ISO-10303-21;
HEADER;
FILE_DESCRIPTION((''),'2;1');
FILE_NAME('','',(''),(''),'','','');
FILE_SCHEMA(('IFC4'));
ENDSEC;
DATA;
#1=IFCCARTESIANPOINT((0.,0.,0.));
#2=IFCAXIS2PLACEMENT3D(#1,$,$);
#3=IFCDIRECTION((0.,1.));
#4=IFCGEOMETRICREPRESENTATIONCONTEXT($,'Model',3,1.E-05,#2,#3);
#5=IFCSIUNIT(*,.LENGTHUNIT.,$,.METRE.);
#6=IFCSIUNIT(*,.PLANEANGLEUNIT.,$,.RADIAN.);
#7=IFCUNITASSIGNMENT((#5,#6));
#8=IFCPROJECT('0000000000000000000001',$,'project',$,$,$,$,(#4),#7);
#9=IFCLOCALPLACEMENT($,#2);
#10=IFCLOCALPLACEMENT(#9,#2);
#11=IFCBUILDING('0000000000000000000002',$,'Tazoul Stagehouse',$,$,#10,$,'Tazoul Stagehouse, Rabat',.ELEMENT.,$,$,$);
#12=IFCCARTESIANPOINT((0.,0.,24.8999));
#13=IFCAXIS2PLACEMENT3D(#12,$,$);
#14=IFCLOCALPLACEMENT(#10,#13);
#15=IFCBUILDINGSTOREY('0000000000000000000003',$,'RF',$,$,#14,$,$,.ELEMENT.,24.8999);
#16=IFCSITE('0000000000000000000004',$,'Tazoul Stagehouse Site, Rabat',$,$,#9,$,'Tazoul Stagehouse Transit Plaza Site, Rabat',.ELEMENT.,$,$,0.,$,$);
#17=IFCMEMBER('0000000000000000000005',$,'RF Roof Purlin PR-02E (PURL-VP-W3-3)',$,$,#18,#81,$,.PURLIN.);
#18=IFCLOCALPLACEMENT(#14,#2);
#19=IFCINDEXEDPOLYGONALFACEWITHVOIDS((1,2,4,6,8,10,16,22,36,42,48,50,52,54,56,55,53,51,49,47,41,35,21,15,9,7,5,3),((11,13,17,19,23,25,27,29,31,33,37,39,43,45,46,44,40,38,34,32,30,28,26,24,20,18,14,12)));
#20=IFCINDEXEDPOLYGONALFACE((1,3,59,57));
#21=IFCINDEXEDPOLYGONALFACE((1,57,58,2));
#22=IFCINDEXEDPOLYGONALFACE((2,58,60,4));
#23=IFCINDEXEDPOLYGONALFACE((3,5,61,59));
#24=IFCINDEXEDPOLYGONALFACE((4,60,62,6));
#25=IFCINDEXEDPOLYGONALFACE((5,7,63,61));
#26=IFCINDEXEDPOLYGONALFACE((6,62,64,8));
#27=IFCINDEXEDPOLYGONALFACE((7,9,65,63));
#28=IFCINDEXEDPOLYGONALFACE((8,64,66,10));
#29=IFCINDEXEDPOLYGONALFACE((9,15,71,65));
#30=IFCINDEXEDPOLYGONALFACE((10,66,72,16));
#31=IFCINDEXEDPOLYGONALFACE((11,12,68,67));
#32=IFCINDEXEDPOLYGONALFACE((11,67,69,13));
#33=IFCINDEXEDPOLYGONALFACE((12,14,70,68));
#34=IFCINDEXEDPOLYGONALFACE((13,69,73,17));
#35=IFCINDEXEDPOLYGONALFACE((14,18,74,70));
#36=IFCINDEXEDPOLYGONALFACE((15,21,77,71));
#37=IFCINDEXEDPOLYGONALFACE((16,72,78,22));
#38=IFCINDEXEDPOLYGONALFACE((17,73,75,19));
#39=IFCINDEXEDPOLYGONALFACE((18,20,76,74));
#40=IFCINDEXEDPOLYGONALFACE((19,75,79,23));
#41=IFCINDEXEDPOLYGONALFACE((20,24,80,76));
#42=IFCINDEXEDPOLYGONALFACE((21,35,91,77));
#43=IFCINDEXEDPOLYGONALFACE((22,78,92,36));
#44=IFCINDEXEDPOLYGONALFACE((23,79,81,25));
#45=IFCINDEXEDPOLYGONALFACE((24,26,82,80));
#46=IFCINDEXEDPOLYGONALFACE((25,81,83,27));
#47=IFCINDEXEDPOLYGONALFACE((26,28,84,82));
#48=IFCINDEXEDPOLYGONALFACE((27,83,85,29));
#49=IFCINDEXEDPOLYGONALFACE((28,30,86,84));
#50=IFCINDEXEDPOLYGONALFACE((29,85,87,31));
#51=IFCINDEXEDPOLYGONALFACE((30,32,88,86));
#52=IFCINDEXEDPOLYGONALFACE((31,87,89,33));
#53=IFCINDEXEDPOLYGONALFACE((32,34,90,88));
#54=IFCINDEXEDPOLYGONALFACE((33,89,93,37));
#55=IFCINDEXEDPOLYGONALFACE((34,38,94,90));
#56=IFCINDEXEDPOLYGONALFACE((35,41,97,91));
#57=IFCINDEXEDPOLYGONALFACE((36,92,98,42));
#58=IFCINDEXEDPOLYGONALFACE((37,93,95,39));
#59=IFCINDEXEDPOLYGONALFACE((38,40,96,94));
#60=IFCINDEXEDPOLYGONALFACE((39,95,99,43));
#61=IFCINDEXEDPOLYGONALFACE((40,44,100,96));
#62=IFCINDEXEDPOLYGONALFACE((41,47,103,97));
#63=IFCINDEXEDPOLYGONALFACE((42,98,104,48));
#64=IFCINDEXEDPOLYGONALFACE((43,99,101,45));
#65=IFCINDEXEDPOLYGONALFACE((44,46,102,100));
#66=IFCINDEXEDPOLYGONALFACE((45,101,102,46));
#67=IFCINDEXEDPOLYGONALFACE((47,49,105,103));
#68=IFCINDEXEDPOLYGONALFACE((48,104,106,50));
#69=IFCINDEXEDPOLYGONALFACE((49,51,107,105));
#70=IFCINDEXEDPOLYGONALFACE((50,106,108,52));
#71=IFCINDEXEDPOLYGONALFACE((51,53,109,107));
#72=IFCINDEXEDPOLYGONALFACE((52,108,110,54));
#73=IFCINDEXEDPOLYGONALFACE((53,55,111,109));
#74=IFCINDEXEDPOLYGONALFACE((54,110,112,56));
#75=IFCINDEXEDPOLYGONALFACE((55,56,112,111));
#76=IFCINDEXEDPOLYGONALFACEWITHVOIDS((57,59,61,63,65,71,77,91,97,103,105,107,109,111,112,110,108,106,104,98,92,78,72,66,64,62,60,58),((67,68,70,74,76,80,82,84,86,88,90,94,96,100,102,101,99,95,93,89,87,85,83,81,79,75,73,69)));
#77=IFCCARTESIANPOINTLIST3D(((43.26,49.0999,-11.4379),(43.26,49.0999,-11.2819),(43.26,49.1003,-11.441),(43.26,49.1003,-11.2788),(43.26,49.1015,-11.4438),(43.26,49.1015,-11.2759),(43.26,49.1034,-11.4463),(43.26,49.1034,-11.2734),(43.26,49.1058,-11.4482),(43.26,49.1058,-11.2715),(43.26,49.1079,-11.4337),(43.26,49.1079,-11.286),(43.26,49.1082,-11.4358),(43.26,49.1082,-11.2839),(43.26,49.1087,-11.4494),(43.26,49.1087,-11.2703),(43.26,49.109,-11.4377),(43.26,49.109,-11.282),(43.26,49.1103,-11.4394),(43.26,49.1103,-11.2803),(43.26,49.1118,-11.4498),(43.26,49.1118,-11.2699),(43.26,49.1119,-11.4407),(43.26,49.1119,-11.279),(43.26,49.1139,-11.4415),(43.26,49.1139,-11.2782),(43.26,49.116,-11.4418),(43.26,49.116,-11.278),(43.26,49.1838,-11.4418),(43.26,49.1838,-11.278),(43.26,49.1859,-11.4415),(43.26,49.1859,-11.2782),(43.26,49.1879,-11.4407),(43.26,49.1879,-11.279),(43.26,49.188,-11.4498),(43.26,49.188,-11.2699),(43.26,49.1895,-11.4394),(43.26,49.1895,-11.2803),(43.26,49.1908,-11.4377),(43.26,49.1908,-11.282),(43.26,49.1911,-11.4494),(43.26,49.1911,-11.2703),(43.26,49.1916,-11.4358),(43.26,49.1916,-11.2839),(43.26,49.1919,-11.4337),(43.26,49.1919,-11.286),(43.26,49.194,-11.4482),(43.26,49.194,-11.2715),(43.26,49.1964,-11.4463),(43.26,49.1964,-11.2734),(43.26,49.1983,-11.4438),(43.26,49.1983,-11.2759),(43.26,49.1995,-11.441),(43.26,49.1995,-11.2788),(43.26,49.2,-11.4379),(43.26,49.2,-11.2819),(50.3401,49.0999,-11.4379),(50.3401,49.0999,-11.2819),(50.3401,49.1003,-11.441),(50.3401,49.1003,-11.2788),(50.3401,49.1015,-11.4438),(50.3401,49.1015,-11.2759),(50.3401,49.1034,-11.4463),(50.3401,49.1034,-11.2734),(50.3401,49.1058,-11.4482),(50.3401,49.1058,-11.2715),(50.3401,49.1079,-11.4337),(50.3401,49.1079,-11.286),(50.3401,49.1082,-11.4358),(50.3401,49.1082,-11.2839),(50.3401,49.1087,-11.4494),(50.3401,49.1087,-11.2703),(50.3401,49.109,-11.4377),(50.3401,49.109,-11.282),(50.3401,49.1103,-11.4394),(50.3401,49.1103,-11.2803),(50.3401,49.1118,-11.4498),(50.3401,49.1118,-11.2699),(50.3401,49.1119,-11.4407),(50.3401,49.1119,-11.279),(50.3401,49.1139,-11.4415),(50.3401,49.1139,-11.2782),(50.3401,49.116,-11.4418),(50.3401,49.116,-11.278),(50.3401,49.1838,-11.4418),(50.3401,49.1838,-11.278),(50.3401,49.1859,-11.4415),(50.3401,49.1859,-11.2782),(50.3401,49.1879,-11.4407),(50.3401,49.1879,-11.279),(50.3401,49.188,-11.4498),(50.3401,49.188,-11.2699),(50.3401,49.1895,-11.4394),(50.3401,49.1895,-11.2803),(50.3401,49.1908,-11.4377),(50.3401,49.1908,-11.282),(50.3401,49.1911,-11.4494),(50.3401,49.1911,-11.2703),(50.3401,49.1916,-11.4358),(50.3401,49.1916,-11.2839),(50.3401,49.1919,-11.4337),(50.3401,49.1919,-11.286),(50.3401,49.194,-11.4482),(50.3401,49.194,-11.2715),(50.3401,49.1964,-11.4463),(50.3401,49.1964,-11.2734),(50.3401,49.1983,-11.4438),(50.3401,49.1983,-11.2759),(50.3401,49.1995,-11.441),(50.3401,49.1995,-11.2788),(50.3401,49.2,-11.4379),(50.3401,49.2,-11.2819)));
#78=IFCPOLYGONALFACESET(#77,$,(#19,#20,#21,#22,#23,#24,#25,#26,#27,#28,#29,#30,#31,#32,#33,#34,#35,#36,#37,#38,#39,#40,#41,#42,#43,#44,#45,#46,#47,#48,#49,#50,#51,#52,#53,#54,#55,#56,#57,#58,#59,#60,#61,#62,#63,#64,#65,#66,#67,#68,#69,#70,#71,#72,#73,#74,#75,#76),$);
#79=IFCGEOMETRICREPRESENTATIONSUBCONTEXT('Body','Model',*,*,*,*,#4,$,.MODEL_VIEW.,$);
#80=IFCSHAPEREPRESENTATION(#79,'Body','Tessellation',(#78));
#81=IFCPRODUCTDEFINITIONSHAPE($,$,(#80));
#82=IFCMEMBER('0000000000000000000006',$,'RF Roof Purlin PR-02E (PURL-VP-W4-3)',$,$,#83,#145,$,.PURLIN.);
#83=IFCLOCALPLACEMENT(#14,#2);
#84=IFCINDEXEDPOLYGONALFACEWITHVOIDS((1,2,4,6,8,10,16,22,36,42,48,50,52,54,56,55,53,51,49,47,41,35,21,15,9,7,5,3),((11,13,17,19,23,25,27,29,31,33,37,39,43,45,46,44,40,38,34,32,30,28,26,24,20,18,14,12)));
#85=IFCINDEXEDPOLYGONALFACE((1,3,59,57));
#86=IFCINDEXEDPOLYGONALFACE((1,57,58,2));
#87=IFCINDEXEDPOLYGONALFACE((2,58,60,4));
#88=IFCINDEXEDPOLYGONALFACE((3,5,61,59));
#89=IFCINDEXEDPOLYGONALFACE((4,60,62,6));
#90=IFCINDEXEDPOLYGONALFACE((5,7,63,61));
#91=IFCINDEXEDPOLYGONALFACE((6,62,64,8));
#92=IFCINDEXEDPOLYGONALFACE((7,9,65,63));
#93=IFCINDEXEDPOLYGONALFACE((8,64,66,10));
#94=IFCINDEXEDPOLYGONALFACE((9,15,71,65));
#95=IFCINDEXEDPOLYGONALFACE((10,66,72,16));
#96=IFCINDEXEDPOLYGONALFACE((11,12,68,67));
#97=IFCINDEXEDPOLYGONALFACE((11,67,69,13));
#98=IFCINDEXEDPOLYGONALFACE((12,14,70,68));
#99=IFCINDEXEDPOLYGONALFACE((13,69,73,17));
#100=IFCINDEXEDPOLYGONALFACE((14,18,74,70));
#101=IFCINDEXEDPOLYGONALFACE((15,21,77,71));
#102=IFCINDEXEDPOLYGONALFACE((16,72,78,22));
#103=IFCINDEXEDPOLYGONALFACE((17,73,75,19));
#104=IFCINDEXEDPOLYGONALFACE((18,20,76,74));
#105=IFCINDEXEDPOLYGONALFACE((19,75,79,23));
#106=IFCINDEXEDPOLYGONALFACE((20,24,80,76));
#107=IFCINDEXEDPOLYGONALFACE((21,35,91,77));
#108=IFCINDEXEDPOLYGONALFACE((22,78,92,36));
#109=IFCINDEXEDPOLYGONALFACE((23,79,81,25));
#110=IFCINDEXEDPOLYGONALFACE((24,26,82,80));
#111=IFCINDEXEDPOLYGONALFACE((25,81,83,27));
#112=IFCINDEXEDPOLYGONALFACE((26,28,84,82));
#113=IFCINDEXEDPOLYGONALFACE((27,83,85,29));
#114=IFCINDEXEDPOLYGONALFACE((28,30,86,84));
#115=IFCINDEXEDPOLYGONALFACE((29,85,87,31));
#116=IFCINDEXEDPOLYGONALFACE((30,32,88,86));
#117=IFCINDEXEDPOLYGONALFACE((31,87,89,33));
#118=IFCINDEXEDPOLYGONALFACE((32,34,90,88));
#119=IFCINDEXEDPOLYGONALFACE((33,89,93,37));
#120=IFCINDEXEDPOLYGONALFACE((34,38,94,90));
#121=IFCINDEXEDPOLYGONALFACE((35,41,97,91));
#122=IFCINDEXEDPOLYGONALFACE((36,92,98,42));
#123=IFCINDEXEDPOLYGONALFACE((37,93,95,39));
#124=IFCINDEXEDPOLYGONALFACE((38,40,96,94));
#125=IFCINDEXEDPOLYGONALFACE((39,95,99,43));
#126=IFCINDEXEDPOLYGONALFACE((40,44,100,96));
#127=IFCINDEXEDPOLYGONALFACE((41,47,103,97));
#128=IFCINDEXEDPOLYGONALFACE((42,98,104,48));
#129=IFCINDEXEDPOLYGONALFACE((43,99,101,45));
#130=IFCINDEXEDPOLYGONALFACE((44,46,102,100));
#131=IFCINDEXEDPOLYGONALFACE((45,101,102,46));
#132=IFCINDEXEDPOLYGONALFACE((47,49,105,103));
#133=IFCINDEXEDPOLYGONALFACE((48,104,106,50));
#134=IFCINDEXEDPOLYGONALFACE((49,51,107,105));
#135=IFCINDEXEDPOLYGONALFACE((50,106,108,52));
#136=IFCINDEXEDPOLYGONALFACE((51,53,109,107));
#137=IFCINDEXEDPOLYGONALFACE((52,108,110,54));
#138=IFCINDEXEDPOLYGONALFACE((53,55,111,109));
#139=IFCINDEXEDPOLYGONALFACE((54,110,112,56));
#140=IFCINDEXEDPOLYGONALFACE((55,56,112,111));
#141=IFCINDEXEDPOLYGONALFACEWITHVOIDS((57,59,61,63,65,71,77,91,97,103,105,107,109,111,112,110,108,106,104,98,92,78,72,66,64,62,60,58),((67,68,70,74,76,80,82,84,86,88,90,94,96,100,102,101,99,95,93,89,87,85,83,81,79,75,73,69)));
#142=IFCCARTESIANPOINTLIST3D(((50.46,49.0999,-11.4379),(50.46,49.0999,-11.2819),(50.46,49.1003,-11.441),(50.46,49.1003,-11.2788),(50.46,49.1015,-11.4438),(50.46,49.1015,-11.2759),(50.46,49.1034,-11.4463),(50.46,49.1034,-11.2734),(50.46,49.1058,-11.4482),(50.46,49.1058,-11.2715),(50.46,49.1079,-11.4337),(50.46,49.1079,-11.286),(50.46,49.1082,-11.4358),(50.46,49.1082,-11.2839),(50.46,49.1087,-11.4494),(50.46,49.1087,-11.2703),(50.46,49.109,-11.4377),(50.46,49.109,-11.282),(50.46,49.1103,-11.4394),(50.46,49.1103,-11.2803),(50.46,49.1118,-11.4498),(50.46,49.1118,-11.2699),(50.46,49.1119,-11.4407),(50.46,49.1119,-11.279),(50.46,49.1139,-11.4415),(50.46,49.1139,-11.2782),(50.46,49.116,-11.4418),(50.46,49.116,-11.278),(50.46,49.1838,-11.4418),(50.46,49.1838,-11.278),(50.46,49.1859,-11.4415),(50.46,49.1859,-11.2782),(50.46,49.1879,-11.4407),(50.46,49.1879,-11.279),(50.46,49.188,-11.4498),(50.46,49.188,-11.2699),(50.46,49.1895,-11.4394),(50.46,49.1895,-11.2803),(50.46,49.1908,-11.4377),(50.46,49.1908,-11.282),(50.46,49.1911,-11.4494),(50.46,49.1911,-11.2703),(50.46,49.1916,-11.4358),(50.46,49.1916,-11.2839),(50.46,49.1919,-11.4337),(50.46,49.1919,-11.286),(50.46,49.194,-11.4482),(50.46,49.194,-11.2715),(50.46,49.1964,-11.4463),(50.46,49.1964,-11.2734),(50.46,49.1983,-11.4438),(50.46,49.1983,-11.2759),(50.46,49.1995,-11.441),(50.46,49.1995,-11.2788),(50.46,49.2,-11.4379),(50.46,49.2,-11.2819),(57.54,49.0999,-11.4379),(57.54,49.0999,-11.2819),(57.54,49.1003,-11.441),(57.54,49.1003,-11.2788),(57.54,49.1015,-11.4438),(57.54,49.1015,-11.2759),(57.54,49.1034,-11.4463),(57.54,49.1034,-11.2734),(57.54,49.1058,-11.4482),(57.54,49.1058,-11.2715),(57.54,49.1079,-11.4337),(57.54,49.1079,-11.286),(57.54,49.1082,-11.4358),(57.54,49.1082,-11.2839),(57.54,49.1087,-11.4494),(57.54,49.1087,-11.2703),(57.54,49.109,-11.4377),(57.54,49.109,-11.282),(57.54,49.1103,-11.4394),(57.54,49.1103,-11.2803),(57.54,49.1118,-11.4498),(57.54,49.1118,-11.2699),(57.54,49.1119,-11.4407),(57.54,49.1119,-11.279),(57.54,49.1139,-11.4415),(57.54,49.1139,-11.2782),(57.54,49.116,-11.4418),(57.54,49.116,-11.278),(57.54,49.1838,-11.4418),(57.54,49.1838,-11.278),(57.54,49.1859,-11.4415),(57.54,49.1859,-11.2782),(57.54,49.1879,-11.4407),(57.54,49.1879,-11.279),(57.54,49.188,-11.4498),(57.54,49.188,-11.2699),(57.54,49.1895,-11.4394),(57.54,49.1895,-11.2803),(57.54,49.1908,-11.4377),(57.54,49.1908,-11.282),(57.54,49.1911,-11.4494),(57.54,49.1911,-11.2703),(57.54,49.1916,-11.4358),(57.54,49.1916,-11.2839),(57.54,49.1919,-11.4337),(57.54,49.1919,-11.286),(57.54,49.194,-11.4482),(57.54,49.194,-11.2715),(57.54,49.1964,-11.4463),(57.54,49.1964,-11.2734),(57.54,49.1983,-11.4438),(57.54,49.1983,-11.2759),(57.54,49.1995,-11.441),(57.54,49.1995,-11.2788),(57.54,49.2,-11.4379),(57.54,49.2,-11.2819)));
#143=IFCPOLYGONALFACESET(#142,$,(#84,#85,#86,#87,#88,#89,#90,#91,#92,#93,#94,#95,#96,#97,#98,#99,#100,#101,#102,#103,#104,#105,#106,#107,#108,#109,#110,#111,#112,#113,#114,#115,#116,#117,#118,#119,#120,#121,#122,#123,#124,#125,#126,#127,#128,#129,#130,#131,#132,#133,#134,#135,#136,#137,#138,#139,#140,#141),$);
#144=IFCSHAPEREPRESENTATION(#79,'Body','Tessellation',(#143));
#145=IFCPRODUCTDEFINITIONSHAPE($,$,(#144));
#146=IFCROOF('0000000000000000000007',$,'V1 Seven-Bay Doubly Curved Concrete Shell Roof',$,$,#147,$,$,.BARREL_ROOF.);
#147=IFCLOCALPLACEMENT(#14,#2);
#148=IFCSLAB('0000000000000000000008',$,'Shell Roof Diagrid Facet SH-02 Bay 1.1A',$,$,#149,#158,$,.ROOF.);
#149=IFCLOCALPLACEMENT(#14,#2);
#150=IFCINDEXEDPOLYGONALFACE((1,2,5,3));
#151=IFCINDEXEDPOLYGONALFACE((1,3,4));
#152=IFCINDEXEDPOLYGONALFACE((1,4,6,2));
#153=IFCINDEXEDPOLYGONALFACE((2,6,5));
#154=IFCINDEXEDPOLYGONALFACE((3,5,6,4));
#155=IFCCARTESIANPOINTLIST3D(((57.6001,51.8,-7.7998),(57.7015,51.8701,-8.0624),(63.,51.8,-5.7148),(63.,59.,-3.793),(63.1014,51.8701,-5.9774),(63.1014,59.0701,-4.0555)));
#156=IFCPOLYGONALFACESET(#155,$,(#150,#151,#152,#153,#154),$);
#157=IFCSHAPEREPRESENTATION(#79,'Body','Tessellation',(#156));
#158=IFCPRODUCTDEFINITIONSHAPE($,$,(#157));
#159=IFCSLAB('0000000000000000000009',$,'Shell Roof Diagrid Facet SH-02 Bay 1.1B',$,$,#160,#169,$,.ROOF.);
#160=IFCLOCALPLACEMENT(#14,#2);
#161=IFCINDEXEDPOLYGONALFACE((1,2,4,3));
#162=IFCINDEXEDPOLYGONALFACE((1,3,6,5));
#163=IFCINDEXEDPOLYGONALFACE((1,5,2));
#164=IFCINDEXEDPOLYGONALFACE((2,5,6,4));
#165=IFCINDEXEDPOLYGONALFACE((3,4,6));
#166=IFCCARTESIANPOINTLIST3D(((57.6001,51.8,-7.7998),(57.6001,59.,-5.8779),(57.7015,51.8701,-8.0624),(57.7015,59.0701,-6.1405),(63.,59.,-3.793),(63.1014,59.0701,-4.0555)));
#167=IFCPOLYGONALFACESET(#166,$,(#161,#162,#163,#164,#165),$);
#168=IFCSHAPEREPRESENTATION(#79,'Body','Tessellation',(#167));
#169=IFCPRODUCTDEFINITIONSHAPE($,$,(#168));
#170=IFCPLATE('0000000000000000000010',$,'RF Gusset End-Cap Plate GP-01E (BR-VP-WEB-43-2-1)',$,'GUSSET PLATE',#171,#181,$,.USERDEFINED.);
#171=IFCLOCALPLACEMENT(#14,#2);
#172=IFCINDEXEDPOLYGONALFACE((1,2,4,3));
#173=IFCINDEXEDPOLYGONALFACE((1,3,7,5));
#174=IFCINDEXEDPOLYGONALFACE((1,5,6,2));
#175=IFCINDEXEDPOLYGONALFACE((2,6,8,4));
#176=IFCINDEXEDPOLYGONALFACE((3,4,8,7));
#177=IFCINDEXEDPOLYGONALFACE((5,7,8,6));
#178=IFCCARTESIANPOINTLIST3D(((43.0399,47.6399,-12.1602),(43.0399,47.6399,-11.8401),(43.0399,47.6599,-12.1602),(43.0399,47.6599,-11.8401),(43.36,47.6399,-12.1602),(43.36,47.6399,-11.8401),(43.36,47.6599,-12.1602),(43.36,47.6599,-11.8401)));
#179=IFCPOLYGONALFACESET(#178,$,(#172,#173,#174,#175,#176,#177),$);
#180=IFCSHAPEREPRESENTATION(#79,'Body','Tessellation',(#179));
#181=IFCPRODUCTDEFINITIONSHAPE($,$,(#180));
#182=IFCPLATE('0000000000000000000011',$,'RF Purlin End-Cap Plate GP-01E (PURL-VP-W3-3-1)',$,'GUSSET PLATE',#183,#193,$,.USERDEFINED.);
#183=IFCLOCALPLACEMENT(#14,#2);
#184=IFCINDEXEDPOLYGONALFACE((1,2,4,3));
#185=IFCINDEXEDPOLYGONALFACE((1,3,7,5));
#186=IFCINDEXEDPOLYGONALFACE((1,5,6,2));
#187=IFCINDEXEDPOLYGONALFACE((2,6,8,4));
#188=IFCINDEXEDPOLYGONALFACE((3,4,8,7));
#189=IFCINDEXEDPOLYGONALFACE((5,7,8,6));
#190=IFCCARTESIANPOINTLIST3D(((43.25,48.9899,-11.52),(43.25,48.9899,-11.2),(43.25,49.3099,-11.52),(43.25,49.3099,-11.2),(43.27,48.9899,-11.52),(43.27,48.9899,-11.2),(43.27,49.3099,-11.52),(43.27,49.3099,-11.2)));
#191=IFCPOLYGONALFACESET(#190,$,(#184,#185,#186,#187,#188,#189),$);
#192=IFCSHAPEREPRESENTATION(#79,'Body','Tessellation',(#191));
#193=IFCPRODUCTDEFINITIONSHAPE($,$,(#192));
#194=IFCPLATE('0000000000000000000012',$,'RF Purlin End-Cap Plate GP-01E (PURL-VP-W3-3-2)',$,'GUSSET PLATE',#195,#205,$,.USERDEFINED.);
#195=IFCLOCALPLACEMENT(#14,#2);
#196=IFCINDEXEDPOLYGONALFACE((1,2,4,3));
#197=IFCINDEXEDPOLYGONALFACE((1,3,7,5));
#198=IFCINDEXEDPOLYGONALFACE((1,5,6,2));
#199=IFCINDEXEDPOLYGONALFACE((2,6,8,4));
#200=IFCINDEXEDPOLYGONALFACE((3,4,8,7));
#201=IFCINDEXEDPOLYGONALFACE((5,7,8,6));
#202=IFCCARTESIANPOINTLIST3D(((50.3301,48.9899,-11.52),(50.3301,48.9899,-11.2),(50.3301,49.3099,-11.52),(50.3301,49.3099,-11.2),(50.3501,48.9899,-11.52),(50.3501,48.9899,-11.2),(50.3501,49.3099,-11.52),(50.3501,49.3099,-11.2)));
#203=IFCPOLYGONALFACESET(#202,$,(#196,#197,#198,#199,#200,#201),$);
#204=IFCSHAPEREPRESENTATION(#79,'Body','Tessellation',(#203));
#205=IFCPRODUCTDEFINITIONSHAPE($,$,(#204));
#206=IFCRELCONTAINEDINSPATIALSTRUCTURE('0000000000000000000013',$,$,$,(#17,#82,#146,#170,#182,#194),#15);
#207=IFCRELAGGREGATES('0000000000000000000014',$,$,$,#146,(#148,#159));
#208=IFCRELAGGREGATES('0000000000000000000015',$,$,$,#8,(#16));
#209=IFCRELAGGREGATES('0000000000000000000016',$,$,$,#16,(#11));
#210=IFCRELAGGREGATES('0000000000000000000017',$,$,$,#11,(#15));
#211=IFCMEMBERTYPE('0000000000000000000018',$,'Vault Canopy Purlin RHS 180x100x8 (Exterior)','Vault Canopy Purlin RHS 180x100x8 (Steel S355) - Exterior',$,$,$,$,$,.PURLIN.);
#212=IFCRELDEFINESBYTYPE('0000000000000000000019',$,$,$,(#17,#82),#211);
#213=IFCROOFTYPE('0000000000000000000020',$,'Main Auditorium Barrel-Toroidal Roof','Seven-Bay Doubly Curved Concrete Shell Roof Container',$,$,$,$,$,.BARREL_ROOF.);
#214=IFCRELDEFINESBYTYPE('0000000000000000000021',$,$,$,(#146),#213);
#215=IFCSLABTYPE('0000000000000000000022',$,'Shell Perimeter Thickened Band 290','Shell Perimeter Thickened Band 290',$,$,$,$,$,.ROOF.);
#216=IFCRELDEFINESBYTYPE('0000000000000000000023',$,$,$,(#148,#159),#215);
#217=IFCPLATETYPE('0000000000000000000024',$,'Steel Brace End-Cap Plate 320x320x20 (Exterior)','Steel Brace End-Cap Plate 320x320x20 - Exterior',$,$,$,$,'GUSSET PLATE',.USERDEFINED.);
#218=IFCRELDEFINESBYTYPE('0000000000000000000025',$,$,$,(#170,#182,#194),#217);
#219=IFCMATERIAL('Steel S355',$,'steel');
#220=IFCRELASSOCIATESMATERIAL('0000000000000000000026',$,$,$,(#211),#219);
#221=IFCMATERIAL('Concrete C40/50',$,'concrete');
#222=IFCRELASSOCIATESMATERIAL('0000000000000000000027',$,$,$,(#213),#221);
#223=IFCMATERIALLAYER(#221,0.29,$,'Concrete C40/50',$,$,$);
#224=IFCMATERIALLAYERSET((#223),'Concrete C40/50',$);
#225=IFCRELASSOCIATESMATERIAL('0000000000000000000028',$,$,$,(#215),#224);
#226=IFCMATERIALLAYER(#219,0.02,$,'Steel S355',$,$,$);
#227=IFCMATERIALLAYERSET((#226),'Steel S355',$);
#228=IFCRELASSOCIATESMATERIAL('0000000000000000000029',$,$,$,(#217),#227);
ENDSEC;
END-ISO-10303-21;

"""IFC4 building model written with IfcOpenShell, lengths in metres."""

from ifc_helpers import new_model, si_unit, direction, frame, origin, origin_2d, place, context, subcontext, project, spatial, polyline, rectangle, hollow_rectangle, outline, extrude, material, layer, layer_set, material_profile, profile_set, type_object, element, aggregate, save


model = new_model("IFC4")

# Units and contexts
model_context = context("Model", 3, precision=1e-05, world=origin(), true_north=direction((0.0, 1.0)))
body_context = subcontext(model_context, "Body", "Model", "MODEL_VIEW")
ifc_project = project(units=[si_unit("LENGTHUNIT", "METRE"), si_unit("PLANEANGLEUNIT", "RADIAN")], contexts=[model_context])

# Site, building, storey
site_placement = place(None, origin())
site = spatial("IfcSite", under=ifc_project, at=site_placement, Name="Tazoul Stagehouse Site, Rabat", LongName="Tazoul Stagehouse Transit Plaza Site, Rabat", CompositionType="ELEMENT", RefElevation=0.0)
building_placement = place(site_placement, origin())
building = spatial("IfcBuilding", under=site, at=building_placement, Name="Tazoul Stagehouse", LongName="Tazoul Stagehouse, Rabat", CompositionType="ELEMENT")
storey_placement = place(building_placement, frame((0.0, 0.0, 24.8999)))
storey = spatial("IfcBuildingStorey", under=building, at=storey_placement, Name="RF", CompositionType="ELEMENT", Elevation=24.8999)

# Shared definitions
ifc_material_1 = material(Name="Steel S355", Category="steel")

# Members
ifc_material_profile_1 = material_profile(ifc_material_1, hollow_rectangle(XDim=0.1001, YDim=0.1799, WallThickness=0.0081, InnerFilletRadius=0.0081, OuterFilletRadius=0.012, at=origin_2d()), Name="RHS 180x100x8")
ifc_profile_set_1 = profile_set([ifc_material_profile_1], Name="Steel S355")
member_type_1 = type_object("IfcMemberType", Name="Vault Canopy Purlin RHS 180x100x8 (Exterior)", Description="Vault Canopy Purlin RHS 180x100x8 (Steel S355) - Exterior", PredefinedType="PURLIN", material=ifc_profile_set_1)
for number, where, z_axis, x_axis, name in (
    (1, (43.26, 49.1499, -11.3599), (1.0, 0.0, 0.0), (0.0, 1.0, 0.0), "RF Roof Purlin PR-02E (PURL-VP-W3-3)"),
    (2, (50.46, 49.1499, -11.3599), (1.0, 0.0, 0.0), (0.0, 1.0, 0.0), "RF Roof Purlin PR-02E (PURL-VP-W4-3)"),
):
    element("IfcMember", number, at=place(storey_placement, frame(where, z_axis=z_axis, x_axis=x_axis)), inside=storey, type_object=member_type_1, Name=name, PredefinedType="PURLIN", context=body_context, shape_type="SweptSolid", body=[
        extrude(hollow_rectangle(XDim=0.1001, YDim=0.1799, WallThickness=0.0081, InnerFilletRadius=0.0081, OuterFilletRadius=0.012, at=origin_2d()), origin(), (0.0, 0.0, 1.0), 7.0801),
    ])

# Roof, slabs
ifc_material_2 = material(Name="Concrete C40/50", Category="concrete")
roof_type_1 = type_object("IfcRoofType", Name="Main Auditorium Barrel-Toroidal Roof", Description="Seven-Bay Doubly Curved Concrete Shell Roof Container", PredefinedType="BARREL_ROOF", material=ifc_material_2)
roof_1_placement = place(storey_placement, origin())
roof_1 = element("IfcRoof", 3, at=roof_1_placement, inside=storey, type_object=roof_type_1, Name="V1 Seven-Bay Doubly Curved Concrete Shell Roof", PredefinedType="BARREL_ROOF")
ifc_layer_1 = layer(ifc_material_2, 0.29, Name="Concrete C40/50")
ifc_layer_set_1 = layer_set([ifc_layer_1], Name="Concrete C40/50")
slab_type_1 = type_object("IfcSlabType", Name="Shell Perimeter Thickened Band 290", Description="Shell Perimeter Thickened Band 290", PredefinedType="ROOF", material=ifc_layer_set_1)
slab_1_placement = place(storey_placement, frame((57.6001, 51.8, -7.7998), z_axis=(-0.349521, -0.241633, 0.905234), x_axis=(0.932877, 0.0, 0.360194)))
slab_1 = element("IfcSlab", 4, at=slab_1_placement, type_object=slab_type_1, Name="Shell Roof Diagrid Facet SH-02 Bay 1.1A", PredefinedType="ROOF", context=body_context, shape_type="SweptSolid", body=[
    extrude(outline(polyline([(0.0, 0.0), (5.7884, 0.0), (6.4807, 7.4198), (0.0, 0.0)])), origin(), (0.0, 0.0, -1.0), 0.29),
])
slab_2_placement = place(storey_placement, frame((57.6001, 51.8, -7.7998), z_axis=(-0.349521, -0.241633, 0.905234), x_axis=(0.548127, 0.730845, 0.406722)))
slab_2 = element("IfcSlab", 5, at=slab_2_placement, type_object=slab_type_1, Name="Shell Roof Diagrid Facet SH-02 Bay 1.1B", PredefinedType="ROOF", context=body_context, shape_type="SweptSolid", body=[
    extrude(outline(polyline([(0.0, 0.0), (9.8515, 0.0), (6.0437, 4.3596), (0.0, 0.0)])), origin(), (0.0, 0.0, -1.0), 0.29),
])
aggregate(roof_1, [slab_1, slab_2])

# Plates
ifc_layer_2 = layer(ifc_material_1, 0.02, Name="Steel S355")
ifc_layer_set_2 = layer_set([ifc_layer_2], Name="Steel S355")
plate_type_1 = type_object("IfcPlateType", Name="Steel Brace End-Cap Plate 320x320x20 (Exterior)", Description="Steel Brace End-Cap Plate 320x320x20 - Exterior", ElementType="GUSSET PLATE", PredefinedType="USERDEFINED", material=ifc_layer_set_2)
for number, where, z_axis, x_axis, name in (
    (6, (43.2, 47.6499, -12.1602), (0.0, 0.0, 1.0), (0.0, 1.0, 0.0), "RF Gusset End-Cap Plate GP-01E (BR-VP-WEB-43-2-1)"),
    (7, (43.26, 49.1499, -11.52), (0.0, 0.0, 1.0), (1.0, 0.0, 0.0), "RF Purlin End-Cap Plate GP-01E (PURL-VP-W3-3-1)"),
    (8, (50.3401, 49.1499, -11.52), (0.0, 0.0, 1.0), (1.0, 0.0, 0.0), "RF Purlin End-Cap Plate GP-01E (PURL-VP-W3-3-2)"),
):
    element("IfcPlate", number, at=place(storey_placement, frame(where, z_axis=z_axis, x_axis=x_axis)), inside=storey, type_object=plate_type_1, Name=name, ObjectType="GUSSET PLATE", PredefinedType="USERDEFINED", context=body_context, shape_type="SweptSolid", body=[
        extrude(rectangle(XDim=0.02, YDim=0.3201, at=origin_2d()), origin(), (0.0, 0.0, 1.0), 0.3201),
    ])

save(model, "model.ifc")
